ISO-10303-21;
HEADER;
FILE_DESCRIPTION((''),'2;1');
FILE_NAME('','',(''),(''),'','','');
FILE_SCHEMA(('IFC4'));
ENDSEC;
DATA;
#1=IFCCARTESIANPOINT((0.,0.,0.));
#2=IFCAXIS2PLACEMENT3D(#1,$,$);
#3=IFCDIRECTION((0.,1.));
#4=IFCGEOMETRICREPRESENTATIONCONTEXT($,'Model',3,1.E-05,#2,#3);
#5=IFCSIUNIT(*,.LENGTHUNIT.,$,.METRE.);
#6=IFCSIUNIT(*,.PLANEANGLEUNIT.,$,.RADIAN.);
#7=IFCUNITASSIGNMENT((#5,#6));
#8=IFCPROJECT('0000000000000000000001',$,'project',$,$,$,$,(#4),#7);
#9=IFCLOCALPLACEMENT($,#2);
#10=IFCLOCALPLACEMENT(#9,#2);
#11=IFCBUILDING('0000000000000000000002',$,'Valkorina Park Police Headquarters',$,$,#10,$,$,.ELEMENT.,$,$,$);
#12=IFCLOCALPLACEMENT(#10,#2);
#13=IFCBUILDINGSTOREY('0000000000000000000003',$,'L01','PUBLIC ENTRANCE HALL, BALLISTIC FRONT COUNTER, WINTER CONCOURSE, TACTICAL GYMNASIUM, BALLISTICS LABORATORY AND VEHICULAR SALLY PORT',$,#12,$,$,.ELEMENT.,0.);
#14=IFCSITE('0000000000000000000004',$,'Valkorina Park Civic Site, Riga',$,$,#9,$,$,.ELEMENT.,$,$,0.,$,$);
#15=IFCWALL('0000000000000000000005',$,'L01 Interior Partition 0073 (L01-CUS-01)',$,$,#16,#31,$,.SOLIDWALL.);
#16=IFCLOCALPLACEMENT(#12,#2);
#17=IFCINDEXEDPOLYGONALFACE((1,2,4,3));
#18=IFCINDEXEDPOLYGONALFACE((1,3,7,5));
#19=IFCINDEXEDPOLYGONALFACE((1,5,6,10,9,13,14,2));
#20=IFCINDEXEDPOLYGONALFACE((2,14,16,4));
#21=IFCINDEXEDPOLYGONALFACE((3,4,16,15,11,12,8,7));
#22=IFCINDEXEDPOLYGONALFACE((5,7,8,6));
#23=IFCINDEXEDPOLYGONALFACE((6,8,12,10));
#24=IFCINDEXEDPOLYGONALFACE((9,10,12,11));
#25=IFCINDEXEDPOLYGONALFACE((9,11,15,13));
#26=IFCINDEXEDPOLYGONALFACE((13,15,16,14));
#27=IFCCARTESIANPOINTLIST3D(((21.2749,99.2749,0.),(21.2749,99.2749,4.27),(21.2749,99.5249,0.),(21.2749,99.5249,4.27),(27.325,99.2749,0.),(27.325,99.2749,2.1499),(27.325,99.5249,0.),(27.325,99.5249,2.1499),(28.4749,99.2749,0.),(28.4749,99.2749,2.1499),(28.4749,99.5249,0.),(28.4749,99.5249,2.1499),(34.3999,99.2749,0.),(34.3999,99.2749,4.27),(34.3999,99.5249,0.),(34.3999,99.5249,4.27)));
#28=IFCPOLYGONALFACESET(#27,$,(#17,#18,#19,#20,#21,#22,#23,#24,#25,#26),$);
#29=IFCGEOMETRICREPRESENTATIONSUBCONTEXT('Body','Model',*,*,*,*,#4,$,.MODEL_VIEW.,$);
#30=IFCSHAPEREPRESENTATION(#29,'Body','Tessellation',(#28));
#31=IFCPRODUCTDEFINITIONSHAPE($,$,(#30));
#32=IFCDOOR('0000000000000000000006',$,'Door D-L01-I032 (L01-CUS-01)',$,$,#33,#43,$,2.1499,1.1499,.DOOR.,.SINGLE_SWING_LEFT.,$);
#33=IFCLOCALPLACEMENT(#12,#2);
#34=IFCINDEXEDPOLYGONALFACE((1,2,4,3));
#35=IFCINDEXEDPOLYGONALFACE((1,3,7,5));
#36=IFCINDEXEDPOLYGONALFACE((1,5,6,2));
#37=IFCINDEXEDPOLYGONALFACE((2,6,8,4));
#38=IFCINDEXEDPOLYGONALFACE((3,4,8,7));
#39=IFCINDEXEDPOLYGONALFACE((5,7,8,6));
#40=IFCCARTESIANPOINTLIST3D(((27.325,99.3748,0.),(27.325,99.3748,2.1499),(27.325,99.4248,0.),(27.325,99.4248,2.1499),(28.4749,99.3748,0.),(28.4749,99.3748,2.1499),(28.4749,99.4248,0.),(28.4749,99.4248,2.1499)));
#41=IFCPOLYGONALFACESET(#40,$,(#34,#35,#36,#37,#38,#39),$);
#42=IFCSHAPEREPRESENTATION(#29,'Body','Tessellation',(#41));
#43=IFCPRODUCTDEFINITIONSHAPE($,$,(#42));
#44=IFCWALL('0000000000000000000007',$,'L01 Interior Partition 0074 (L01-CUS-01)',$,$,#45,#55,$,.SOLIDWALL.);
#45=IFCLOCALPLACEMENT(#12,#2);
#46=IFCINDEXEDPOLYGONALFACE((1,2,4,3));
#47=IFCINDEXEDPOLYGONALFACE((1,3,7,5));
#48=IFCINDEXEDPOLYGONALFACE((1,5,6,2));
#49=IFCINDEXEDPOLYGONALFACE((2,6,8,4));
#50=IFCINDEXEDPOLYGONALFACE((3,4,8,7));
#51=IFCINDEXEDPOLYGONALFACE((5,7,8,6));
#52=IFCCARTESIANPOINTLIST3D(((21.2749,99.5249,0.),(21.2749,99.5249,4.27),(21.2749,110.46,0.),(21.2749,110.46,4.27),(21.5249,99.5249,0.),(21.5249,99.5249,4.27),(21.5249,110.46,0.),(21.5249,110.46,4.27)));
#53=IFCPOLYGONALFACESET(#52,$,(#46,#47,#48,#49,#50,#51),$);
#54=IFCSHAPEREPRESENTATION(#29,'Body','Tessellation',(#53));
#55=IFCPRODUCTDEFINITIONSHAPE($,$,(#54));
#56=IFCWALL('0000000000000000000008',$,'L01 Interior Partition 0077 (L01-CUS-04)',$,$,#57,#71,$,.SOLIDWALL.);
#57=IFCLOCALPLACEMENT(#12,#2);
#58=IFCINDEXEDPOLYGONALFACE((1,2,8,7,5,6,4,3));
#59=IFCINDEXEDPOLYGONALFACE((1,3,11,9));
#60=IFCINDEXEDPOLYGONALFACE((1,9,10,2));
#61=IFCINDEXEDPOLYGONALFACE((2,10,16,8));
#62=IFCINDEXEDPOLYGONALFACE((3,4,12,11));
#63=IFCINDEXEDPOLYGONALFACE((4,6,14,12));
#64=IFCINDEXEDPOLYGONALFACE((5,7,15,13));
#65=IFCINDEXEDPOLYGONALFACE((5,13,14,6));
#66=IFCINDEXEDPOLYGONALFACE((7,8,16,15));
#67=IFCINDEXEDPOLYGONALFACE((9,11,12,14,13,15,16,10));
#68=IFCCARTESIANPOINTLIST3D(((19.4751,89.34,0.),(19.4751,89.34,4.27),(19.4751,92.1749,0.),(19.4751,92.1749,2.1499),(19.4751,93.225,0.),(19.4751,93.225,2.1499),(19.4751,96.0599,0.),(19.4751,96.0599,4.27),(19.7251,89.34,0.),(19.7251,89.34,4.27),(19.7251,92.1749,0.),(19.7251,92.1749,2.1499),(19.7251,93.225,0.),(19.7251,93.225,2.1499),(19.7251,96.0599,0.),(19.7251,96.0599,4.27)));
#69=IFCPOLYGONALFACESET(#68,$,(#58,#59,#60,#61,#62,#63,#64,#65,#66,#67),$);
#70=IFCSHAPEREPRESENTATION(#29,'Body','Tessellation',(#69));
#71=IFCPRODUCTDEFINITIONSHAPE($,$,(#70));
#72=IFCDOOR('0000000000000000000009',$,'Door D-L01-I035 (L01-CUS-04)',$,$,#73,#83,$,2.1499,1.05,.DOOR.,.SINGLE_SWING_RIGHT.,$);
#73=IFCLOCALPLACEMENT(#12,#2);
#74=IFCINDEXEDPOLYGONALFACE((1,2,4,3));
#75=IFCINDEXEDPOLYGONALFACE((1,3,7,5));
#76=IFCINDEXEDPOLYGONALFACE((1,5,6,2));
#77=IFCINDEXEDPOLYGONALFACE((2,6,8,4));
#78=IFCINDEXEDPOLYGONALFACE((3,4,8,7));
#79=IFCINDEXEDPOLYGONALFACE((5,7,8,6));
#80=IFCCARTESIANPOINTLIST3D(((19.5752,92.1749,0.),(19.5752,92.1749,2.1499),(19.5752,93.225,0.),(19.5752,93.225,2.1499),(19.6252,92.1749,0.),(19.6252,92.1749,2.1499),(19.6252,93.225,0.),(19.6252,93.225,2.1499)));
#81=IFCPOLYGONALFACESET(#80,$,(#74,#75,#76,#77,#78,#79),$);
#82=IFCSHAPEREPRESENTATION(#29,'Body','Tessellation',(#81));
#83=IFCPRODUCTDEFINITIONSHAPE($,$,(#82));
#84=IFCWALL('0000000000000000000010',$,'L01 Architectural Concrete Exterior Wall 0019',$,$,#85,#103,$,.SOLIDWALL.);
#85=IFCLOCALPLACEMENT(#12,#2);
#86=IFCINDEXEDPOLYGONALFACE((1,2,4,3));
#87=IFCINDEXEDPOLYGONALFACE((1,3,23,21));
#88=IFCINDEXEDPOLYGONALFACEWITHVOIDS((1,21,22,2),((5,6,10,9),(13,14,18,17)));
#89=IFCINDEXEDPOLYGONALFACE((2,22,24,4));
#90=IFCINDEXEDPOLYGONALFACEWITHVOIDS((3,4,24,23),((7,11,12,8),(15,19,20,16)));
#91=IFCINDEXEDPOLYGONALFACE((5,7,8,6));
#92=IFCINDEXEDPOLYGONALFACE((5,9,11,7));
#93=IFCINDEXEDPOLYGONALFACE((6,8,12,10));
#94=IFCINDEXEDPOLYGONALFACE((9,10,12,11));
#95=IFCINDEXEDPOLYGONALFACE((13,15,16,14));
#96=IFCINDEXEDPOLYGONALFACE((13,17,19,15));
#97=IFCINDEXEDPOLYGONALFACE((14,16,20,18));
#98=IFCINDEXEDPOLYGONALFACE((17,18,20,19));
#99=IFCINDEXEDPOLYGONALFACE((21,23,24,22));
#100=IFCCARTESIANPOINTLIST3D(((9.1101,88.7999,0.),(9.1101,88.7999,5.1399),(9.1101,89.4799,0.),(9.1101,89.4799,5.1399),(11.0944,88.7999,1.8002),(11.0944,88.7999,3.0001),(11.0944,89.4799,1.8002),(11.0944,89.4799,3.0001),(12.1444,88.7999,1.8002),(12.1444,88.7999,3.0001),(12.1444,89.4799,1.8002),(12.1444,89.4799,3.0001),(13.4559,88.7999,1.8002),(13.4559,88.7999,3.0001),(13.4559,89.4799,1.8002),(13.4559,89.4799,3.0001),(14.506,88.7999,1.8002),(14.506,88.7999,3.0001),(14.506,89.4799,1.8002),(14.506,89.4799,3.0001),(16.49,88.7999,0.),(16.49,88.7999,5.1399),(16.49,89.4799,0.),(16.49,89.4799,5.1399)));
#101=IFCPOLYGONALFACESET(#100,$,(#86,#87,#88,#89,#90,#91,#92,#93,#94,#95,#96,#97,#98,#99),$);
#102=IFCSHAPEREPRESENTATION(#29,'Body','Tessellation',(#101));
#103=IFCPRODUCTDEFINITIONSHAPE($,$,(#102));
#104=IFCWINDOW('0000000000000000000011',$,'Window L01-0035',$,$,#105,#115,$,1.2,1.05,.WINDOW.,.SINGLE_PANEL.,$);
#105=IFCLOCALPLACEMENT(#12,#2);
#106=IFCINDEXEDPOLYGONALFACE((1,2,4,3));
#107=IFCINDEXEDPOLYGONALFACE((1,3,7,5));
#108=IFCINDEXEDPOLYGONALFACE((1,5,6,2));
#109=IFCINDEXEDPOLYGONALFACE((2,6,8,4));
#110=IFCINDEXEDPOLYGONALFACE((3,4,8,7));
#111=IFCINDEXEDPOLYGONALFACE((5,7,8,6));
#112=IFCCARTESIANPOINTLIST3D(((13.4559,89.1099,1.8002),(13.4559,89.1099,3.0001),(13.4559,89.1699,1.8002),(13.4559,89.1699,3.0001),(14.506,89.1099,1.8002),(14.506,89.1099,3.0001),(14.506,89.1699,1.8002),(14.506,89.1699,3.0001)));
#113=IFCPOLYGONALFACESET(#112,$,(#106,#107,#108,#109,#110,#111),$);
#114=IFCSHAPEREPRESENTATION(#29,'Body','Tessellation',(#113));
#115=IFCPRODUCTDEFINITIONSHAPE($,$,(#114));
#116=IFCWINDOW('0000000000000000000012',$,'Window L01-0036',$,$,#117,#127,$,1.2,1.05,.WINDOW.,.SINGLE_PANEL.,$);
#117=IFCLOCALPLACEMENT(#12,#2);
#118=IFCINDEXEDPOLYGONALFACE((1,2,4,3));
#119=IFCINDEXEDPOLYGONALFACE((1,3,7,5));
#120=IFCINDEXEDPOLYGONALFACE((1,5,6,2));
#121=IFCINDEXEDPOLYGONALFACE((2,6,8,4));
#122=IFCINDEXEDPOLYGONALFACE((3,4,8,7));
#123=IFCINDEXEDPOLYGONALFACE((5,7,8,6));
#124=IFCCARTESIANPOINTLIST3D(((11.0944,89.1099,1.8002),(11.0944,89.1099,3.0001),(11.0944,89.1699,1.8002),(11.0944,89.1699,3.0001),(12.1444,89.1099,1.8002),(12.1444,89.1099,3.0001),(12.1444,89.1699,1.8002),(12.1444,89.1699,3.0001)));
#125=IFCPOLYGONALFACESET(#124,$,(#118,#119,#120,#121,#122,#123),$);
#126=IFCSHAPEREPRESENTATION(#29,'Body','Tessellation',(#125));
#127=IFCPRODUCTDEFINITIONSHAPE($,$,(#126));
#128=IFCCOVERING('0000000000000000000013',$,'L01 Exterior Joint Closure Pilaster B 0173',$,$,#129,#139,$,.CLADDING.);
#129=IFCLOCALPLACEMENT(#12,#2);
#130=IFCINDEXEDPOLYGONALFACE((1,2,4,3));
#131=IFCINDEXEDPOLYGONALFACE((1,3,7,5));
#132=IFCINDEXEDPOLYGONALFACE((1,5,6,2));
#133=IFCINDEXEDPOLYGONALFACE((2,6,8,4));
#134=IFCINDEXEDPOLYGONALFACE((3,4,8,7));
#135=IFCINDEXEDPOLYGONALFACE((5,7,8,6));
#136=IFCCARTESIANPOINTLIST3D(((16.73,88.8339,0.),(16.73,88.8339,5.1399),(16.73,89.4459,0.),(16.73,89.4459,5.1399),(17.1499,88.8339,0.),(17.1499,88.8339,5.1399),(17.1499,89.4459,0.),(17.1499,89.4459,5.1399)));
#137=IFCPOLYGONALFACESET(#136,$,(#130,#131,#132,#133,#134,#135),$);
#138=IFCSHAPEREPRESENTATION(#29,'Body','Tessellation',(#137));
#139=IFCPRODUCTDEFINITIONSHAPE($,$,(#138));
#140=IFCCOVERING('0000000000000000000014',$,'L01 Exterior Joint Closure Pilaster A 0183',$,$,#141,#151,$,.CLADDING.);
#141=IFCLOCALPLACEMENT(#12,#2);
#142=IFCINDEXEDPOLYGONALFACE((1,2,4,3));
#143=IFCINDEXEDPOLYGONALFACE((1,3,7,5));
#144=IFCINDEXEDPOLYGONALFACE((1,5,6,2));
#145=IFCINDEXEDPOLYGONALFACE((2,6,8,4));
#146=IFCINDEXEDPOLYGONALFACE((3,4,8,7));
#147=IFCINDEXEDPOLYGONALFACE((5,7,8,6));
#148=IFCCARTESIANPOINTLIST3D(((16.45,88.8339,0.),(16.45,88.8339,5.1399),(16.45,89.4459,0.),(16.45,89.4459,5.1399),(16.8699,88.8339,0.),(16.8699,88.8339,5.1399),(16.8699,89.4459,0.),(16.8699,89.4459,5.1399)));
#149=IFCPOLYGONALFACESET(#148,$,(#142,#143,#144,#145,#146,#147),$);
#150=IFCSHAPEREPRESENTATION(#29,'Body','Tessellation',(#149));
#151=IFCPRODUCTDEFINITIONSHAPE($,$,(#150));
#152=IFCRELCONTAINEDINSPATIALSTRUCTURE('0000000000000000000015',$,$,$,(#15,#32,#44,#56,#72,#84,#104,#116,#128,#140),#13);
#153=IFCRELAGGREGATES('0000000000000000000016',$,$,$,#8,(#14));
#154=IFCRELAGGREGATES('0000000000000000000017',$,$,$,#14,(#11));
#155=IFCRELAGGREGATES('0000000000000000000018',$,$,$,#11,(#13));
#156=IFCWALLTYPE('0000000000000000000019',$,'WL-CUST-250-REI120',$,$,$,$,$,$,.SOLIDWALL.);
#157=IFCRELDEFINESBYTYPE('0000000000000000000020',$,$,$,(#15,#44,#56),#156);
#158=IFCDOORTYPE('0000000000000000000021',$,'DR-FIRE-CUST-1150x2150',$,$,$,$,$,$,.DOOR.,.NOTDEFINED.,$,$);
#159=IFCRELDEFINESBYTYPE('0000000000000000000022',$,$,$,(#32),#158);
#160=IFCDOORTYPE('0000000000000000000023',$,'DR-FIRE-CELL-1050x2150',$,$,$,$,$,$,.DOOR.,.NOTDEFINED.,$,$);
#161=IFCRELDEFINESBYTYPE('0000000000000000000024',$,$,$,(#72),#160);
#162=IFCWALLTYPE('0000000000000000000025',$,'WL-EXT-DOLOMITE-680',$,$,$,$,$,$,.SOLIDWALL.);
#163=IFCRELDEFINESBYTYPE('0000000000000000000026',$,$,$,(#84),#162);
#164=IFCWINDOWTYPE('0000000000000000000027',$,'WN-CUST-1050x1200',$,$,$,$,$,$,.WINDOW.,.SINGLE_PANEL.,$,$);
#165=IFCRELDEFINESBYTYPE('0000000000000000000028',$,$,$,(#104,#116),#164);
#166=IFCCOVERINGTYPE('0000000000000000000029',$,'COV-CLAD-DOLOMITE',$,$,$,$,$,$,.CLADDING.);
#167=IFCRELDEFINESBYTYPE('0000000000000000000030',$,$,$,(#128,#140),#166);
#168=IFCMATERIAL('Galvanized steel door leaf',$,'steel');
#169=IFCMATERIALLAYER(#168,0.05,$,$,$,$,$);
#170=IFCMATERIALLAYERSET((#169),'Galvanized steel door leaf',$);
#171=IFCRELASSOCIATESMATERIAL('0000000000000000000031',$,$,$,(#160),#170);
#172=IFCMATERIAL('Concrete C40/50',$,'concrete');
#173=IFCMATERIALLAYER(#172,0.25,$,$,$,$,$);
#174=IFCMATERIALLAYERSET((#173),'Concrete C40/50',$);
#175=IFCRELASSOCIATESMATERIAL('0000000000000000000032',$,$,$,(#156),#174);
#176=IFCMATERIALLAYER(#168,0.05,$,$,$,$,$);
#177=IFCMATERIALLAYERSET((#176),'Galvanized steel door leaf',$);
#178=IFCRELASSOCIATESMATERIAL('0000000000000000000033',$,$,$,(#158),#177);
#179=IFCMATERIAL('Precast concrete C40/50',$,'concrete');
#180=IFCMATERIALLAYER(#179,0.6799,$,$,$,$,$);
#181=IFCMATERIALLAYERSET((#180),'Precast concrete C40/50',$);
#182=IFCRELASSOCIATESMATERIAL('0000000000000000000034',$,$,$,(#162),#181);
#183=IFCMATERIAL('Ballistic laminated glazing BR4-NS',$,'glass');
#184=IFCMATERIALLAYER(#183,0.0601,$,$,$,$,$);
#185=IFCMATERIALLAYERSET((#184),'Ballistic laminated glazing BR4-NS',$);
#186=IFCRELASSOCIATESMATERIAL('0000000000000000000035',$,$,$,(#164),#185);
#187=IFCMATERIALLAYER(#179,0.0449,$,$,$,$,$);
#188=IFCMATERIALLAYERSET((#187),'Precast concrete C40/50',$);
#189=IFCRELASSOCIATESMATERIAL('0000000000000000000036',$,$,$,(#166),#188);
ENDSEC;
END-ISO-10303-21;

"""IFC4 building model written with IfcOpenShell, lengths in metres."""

from ifc_helpers import new_model, si_unit, direction, frame, frame_2d, origin, origin_2d, place, context, subcontext, project, spatial, rectangle, extrude, material, layer, layer_set, type_object, element, fill, save


model = new_model("IFC4")

# Units and contexts
model_context = context("Model", 3, precision=1e-05, world=origin(), true_north=direction((0.0, 1.0)))
body_context = subcontext(model_context, "Body", "Model", "MODEL_VIEW")
ifc_project = project(units=[si_unit("LENGTHUNIT", "METRE"), si_unit("PLANEANGLEUNIT", "RADIAN")], contexts=[model_context])

# Site, building, storey
site_placement = place(None, origin())
site = spatial("IfcSite", under=ifc_project, at=site_placement, Name="Valkorina Park Civic Site, Riga", CompositionType="ELEMENT", RefElevation=0.0)
building_placement = place(site_placement, origin())
building = spatial("IfcBuilding", under=site, at=building_placement, Name="Valkorina Park Police Headquarters", CompositionType="ELEMENT")
storey_placement = place(building_placement, origin())
storey = spatial("IfcBuildingStorey", under=building, at=storey_placement, Name="L01", Description="PUBLIC ENTRANCE HALL, BALLISTIC FRONT COUNTER, WINTER CONCOURSE, TACTICAL GYMNASIUM, BALLISTICS LABORATORY AND VEHICULAR SALLY PORT", CompositionType="ELEMENT", Elevation=0.0)

# Shared definitions
ifc_material_1 = material(Name="Concrete C40/50", Category="concrete")

# Wall, opening, door
ifc_material_2 = material(Name="Galvanized steel door leaf", Category="steel")
ifc_layer_1 = layer(ifc_material_2, 0.05)
ifc_layer_set_1 = layer_set([ifc_layer_1], Name="Galvanized steel door leaf")
door_type_1 = type_object("IfcDoorType", Name="DR-FIRE-CELL-1050x2150", OperationType="NOTDEFINED", PredefinedType="DOOR", material=ifc_layer_set_1)
ifc_layer_2 = layer(ifc_material_1, 0.25)
ifc_layer_set_2 = layer_set([ifc_layer_2], Name="Concrete C40/50")
wall_type_1 = type_object("IfcWallType", Name="WL-CUST-250-REI120", PredefinedType="SOLIDWALL", material=ifc_layer_set_2)
ifc_layer_3 = layer(ifc_material_2, 0.05)
ifc_layer_set_3 = layer_set([ifc_layer_3], Name="Galvanized steel door leaf")
door_type_2 = type_object("IfcDoorType", Name="DR-FIRE-CUST-1150x2150", OperationType="NOTDEFINED", PredefinedType="DOOR", material=ifc_layer_set_3)
wall_1_placement = place(storey_placement, frame((21.2749, 99.3999, 0.0), z_axis=(0.0, 0.0, 1.0), x_axis=(1.0, 0.0, 0.0)))
wall_1 = element("IfcWall", 1, at=wall_1_placement, inside=storey, type_object=wall_type_1, Name="L01 Interior Partition 0073 (L01-CUS-01)", PredefinedType="SOLIDWALL", context=body_context, shape_type="SweptSolid", body=[
    extrude(rectangle(XDim=13.125, YDim=0.25, at=frame_2d((6.5625, 0.0))), origin(), (0.0, 0.0, 1.0), 4.27),
])
opening_1_placement = place(wall_1_placement, frame((6.05, 0.0, 0.0)))
opening_1 = element("IfcOpeningElement", 2, at=opening_1_placement, cuts=wall_1, PredefinedType="OPENING", context=body_context, shape_type="SweptSolid", body=[
    extrude(rectangle(XDim=1.1499, YDim=2.1499, at=frame_2d((0.575, 1.075))), frame((0.0, 0.135, 0.0), z_axis=(0.0, -1.0, 0.0), x_axis=(1.0, 0.0, 0.0)), (0.0, 0.0, 1.0), 0.27),
])
door_1_placement = place(opening_1_placement, origin())
door_1 = element("IfcDoor", 3, at=door_1_placement, inside=storey, type_object=door_type_2, Name="Door D-L01-I032 (L01-CUS-01)", OperationType="SINGLE_SWING_LEFT", OverallHeight=2.1499, OverallWidth=1.1499, PredefinedType="DOOR", context=body_context, shape_type="SweptSolid", body=[
    extrude(rectangle(XDim=1.1499, YDim=2.1499, at=frame_2d((0.575, 1.075))), frame((0.0, 0.0249, 0.0), z_axis=(0.0, -1.0, 0.0), x_axis=(1.0, 0.0, 0.0)), (0.0, 0.0, 1.0), 0.05),
])
fill(opening_1, door_1)

# Wall
wall_2_placement = place(storey_placement, frame((21.3999, 99.5249, 0.0), z_axis=(0.0, 0.0, 1.0), x_axis=(0.0, 1.0, 0.0)))
element("IfcWall", 4, at=wall_2_placement, inside=storey, type_object=wall_type_1, Name="L01 Interior Partition 0074 (L01-CUS-01)", PredefinedType="SOLIDWALL", context=body_context, shape_type="SweptSolid", body=[
    extrude(rectangle(XDim=10.9351, YDim=0.25, at=frame_2d((5.4675, 0.0))), origin(), (0.0, 0.0, 1.0), 4.27),
])

# Wall, opening, door
wall_3_placement = place(storey_placement, frame((19.6001, 89.3401, 0.0), z_axis=(0.0, 0.0, 1.0), x_axis=(0.0, 1.0, 0.0)))
wall_3 = element("IfcWall", 5, at=wall_3_placement, inside=storey, type_object=wall_type_1, Name="L01 Interior Partition 0077 (L01-CUS-04)", PredefinedType="SOLIDWALL", context=body_context, shape_type="SweptSolid", body=[
    extrude(rectangle(XDim=6.72, YDim=0.25, at=frame_2d((3.3599, 0.0))), origin(), (0.0, 0.0, 1.0), 4.27),
])
opening_2_placement = place(wall_3_placement, frame((2.835, 0.0, 0.0)))
opening_2 = element("IfcOpeningElement", 6, at=opening_2_placement, cuts=wall_3, PredefinedType="OPENING", context=body_context, shape_type="SweptSolid", body=[
    extrude(rectangle(XDim=1.05, YDim=2.1499, at=frame_2d((0.5249, 1.075))), frame((0.0, 0.135, 0.0), z_axis=(0.0, -1.0, 0.0), x_axis=(1.0, 0.0, 0.0)), (0.0, 0.0, 1.0), 0.27),
])
door_2_placement = place(opening_2_placement, origin())
door_2 = element("IfcDoor", 7, at=door_2_placement, inside=storey, type_object=door_type_1, Name="Door D-L01-I035 (L01-CUS-04)", OperationType="SINGLE_SWING_RIGHT", OverallHeight=2.1499, OverallWidth=1.05, PredefinedType="DOOR", context=body_context, shape_type="SweptSolid", body=[
    extrude(rectangle(XDim=1.05, YDim=2.1499, at=frame_2d((0.5249, 1.075))), frame((0.0, 0.0249, 0.0), z_axis=(0.0, -1.0, 0.0), x_axis=(1.0, 0.0, 0.0)), (0.0, 0.0, 1.0), 0.05),
])
fill(opening_2, door_2)

# Wall, openings, windows
ifc_material_3 = material(Name="Precast concrete C40/50", Category="concrete")
ifc_layer_4 = layer(ifc_material_3, 0.6799)
ifc_layer_set_4 = layer_set([ifc_layer_4], Name="Precast concrete C40/50")
wall_type_2 = type_object("IfcWallType", Name="WL-EXT-DOLOMITE-680", PredefinedType="SOLIDWALL", material=ifc_layer_set_4)
wall_4_placement = place(storey_placement, frame((16.49, 89.1399, 0.0), z_axis=(0.0, 0.0, 1.0), x_axis=(-1.0, 0.0, 0.0)))
wall_4 = element("IfcWall", 8, at=wall_4_placement, inside=storey, type_object=wall_type_2, Name="L01 Architectural Concrete Exterior Wall 0019", PredefinedType="SOLIDWALL", context=body_context, shape_type="SweptSolid", body=[
    extrude(rectangle(XDim=7.3799, YDim=0.6799, at=frame_2d((3.6899, 0.0))), origin(), (0.0, 0.0, 1.0), 5.1399),
])
opening_3_placement = place(wall_4_placement, frame((1.9841, 0.0, 1.8)))
opening_3 = element("IfcOpeningElement", 9, at=opening_3_placement, cuts=wall_4, PredefinedType="OPENING", context=body_context, shape_type="SweptSolid", body=[
    extrude(rectangle(XDim=1.05, YDim=1.2, at=frame_2d((0.5249, 0.6001))), frame((0.0, 0.3501, 0.0), z_axis=(0.0, -1.0, 0.0), x_axis=(1.0, 0.0, 0.0)), (0.0, 0.0, 1.0), 0.7),
])
opening_4_placement = place(wall_4_placement, frame((4.3457, 0.0, 1.8)))
opening_4 = element("IfcOpeningElement", 10, at=opening_4_placement, cuts=wall_4, PredefinedType="OPENING", context=body_context, shape_type="SweptSolid", body=[
    extrude(rectangle(XDim=1.05, YDim=1.2, at=frame_2d((0.5249, 0.6001))), frame((0.0, 0.3501, 0.0), z_axis=(0.0, -1.0, 0.0), x_axis=(1.0, 0.0, 0.0)), (0.0, 0.0, 1.0), 0.7),
])
ifc_material_4 = material(Name="Ballistic laminated glazing BR4-NS", Category="glass")
ifc_layer_5 = layer(ifc_material_4, 0.0601)
ifc_layer_set_5 = layer_set([ifc_layer_5], Name="Ballistic laminated glazing BR4-NS")
window_type = type_object("IfcWindowType", Name="WN-CUST-1050x1200", PartitioningType="SINGLE_PANEL", PredefinedType="WINDOW", material=ifc_layer_set_5)
window_1_placement = place(opening_3_placement, origin())
window_1 = element("IfcWindow", 11, at=window_1_placement, inside=storey, type_object=window_type, Name="Window L01-0035", OverallHeight=1.2, OverallWidth=1.05, PartitioningType="SINGLE_PANEL", PredefinedType="WINDOW", context=body_context, shape_type="SweptSolid", body=[
    extrude(rectangle(XDim=1.05, YDim=1.2, at=frame_2d((0.5249, 0.6001))), frame((0.0, 0.03, 0.0), z_axis=(0.0, -1.0, 0.0), x_axis=(1.0, 0.0, 0.0)), (0.0, 0.0, 1.0), 0.0601),
])
fill(opening_3, window_1)
window_2_placement = place(opening_4_placement, origin())
window_2 = element("IfcWindow", 12, at=window_2_placement, inside=storey, type_object=window_type, Name="Window L01-0036", OverallHeight=1.2, OverallWidth=1.05, PartitioningType="SINGLE_PANEL", PredefinedType="WINDOW", context=body_context, shape_type="SweptSolid", body=[
    extrude(rectangle(XDim=1.05, YDim=1.2, at=frame_2d((0.5249, 0.6001))), frame((0.0, 0.03, 0.0), z_axis=(0.0, -1.0, 0.0), x_axis=(1.0, 0.0, 0.0)), (0.0, 0.0, 1.0), 0.0601),
])
fill(opening_4, window_2)

# Coverings
ifc_layer_6 = layer(ifc_material_3, 0.0449)
ifc_layer_set_6 = layer_set([ifc_layer_6], Name="Precast concrete C40/50")
covering_type = type_object("IfcCoveringType", Name="COV-CLAD-DOLOMITE", PredefinedType="CLADDING", material=ifc_layer_set_6)
for number, where, z_axis, x_axis, name in (
    (13, (16.9399, 89.1399, 0.0), (0.0, 0.0, 1.0), (1.0, 0.0, 0.0), "L01 Exterior Joint Closure Pilaster B 0173"),
    (14, (16.6599, 89.1399, 0.0), (0.0, 0.0, 1.0), (1.0, 0.0, 0.0), "L01 Exterior Joint Closure Pilaster A 0183"),
):
    element("IfcCovering", number, at=place(storey_placement, frame(where, z_axis=z_axis, x_axis=x_axis)), inside=storey, type_object=covering_type, Name=name, PredefinedType="CLADDING", context=body_context, shape_type="SweptSolid", body=[
        extrude(rectangle(XDim=0.4199, YDim=0.6121, at=origin_2d()), origin(), (0.0, 0.0, 1.0), 5.1399),
    ])

save(model, "model.ifc")
